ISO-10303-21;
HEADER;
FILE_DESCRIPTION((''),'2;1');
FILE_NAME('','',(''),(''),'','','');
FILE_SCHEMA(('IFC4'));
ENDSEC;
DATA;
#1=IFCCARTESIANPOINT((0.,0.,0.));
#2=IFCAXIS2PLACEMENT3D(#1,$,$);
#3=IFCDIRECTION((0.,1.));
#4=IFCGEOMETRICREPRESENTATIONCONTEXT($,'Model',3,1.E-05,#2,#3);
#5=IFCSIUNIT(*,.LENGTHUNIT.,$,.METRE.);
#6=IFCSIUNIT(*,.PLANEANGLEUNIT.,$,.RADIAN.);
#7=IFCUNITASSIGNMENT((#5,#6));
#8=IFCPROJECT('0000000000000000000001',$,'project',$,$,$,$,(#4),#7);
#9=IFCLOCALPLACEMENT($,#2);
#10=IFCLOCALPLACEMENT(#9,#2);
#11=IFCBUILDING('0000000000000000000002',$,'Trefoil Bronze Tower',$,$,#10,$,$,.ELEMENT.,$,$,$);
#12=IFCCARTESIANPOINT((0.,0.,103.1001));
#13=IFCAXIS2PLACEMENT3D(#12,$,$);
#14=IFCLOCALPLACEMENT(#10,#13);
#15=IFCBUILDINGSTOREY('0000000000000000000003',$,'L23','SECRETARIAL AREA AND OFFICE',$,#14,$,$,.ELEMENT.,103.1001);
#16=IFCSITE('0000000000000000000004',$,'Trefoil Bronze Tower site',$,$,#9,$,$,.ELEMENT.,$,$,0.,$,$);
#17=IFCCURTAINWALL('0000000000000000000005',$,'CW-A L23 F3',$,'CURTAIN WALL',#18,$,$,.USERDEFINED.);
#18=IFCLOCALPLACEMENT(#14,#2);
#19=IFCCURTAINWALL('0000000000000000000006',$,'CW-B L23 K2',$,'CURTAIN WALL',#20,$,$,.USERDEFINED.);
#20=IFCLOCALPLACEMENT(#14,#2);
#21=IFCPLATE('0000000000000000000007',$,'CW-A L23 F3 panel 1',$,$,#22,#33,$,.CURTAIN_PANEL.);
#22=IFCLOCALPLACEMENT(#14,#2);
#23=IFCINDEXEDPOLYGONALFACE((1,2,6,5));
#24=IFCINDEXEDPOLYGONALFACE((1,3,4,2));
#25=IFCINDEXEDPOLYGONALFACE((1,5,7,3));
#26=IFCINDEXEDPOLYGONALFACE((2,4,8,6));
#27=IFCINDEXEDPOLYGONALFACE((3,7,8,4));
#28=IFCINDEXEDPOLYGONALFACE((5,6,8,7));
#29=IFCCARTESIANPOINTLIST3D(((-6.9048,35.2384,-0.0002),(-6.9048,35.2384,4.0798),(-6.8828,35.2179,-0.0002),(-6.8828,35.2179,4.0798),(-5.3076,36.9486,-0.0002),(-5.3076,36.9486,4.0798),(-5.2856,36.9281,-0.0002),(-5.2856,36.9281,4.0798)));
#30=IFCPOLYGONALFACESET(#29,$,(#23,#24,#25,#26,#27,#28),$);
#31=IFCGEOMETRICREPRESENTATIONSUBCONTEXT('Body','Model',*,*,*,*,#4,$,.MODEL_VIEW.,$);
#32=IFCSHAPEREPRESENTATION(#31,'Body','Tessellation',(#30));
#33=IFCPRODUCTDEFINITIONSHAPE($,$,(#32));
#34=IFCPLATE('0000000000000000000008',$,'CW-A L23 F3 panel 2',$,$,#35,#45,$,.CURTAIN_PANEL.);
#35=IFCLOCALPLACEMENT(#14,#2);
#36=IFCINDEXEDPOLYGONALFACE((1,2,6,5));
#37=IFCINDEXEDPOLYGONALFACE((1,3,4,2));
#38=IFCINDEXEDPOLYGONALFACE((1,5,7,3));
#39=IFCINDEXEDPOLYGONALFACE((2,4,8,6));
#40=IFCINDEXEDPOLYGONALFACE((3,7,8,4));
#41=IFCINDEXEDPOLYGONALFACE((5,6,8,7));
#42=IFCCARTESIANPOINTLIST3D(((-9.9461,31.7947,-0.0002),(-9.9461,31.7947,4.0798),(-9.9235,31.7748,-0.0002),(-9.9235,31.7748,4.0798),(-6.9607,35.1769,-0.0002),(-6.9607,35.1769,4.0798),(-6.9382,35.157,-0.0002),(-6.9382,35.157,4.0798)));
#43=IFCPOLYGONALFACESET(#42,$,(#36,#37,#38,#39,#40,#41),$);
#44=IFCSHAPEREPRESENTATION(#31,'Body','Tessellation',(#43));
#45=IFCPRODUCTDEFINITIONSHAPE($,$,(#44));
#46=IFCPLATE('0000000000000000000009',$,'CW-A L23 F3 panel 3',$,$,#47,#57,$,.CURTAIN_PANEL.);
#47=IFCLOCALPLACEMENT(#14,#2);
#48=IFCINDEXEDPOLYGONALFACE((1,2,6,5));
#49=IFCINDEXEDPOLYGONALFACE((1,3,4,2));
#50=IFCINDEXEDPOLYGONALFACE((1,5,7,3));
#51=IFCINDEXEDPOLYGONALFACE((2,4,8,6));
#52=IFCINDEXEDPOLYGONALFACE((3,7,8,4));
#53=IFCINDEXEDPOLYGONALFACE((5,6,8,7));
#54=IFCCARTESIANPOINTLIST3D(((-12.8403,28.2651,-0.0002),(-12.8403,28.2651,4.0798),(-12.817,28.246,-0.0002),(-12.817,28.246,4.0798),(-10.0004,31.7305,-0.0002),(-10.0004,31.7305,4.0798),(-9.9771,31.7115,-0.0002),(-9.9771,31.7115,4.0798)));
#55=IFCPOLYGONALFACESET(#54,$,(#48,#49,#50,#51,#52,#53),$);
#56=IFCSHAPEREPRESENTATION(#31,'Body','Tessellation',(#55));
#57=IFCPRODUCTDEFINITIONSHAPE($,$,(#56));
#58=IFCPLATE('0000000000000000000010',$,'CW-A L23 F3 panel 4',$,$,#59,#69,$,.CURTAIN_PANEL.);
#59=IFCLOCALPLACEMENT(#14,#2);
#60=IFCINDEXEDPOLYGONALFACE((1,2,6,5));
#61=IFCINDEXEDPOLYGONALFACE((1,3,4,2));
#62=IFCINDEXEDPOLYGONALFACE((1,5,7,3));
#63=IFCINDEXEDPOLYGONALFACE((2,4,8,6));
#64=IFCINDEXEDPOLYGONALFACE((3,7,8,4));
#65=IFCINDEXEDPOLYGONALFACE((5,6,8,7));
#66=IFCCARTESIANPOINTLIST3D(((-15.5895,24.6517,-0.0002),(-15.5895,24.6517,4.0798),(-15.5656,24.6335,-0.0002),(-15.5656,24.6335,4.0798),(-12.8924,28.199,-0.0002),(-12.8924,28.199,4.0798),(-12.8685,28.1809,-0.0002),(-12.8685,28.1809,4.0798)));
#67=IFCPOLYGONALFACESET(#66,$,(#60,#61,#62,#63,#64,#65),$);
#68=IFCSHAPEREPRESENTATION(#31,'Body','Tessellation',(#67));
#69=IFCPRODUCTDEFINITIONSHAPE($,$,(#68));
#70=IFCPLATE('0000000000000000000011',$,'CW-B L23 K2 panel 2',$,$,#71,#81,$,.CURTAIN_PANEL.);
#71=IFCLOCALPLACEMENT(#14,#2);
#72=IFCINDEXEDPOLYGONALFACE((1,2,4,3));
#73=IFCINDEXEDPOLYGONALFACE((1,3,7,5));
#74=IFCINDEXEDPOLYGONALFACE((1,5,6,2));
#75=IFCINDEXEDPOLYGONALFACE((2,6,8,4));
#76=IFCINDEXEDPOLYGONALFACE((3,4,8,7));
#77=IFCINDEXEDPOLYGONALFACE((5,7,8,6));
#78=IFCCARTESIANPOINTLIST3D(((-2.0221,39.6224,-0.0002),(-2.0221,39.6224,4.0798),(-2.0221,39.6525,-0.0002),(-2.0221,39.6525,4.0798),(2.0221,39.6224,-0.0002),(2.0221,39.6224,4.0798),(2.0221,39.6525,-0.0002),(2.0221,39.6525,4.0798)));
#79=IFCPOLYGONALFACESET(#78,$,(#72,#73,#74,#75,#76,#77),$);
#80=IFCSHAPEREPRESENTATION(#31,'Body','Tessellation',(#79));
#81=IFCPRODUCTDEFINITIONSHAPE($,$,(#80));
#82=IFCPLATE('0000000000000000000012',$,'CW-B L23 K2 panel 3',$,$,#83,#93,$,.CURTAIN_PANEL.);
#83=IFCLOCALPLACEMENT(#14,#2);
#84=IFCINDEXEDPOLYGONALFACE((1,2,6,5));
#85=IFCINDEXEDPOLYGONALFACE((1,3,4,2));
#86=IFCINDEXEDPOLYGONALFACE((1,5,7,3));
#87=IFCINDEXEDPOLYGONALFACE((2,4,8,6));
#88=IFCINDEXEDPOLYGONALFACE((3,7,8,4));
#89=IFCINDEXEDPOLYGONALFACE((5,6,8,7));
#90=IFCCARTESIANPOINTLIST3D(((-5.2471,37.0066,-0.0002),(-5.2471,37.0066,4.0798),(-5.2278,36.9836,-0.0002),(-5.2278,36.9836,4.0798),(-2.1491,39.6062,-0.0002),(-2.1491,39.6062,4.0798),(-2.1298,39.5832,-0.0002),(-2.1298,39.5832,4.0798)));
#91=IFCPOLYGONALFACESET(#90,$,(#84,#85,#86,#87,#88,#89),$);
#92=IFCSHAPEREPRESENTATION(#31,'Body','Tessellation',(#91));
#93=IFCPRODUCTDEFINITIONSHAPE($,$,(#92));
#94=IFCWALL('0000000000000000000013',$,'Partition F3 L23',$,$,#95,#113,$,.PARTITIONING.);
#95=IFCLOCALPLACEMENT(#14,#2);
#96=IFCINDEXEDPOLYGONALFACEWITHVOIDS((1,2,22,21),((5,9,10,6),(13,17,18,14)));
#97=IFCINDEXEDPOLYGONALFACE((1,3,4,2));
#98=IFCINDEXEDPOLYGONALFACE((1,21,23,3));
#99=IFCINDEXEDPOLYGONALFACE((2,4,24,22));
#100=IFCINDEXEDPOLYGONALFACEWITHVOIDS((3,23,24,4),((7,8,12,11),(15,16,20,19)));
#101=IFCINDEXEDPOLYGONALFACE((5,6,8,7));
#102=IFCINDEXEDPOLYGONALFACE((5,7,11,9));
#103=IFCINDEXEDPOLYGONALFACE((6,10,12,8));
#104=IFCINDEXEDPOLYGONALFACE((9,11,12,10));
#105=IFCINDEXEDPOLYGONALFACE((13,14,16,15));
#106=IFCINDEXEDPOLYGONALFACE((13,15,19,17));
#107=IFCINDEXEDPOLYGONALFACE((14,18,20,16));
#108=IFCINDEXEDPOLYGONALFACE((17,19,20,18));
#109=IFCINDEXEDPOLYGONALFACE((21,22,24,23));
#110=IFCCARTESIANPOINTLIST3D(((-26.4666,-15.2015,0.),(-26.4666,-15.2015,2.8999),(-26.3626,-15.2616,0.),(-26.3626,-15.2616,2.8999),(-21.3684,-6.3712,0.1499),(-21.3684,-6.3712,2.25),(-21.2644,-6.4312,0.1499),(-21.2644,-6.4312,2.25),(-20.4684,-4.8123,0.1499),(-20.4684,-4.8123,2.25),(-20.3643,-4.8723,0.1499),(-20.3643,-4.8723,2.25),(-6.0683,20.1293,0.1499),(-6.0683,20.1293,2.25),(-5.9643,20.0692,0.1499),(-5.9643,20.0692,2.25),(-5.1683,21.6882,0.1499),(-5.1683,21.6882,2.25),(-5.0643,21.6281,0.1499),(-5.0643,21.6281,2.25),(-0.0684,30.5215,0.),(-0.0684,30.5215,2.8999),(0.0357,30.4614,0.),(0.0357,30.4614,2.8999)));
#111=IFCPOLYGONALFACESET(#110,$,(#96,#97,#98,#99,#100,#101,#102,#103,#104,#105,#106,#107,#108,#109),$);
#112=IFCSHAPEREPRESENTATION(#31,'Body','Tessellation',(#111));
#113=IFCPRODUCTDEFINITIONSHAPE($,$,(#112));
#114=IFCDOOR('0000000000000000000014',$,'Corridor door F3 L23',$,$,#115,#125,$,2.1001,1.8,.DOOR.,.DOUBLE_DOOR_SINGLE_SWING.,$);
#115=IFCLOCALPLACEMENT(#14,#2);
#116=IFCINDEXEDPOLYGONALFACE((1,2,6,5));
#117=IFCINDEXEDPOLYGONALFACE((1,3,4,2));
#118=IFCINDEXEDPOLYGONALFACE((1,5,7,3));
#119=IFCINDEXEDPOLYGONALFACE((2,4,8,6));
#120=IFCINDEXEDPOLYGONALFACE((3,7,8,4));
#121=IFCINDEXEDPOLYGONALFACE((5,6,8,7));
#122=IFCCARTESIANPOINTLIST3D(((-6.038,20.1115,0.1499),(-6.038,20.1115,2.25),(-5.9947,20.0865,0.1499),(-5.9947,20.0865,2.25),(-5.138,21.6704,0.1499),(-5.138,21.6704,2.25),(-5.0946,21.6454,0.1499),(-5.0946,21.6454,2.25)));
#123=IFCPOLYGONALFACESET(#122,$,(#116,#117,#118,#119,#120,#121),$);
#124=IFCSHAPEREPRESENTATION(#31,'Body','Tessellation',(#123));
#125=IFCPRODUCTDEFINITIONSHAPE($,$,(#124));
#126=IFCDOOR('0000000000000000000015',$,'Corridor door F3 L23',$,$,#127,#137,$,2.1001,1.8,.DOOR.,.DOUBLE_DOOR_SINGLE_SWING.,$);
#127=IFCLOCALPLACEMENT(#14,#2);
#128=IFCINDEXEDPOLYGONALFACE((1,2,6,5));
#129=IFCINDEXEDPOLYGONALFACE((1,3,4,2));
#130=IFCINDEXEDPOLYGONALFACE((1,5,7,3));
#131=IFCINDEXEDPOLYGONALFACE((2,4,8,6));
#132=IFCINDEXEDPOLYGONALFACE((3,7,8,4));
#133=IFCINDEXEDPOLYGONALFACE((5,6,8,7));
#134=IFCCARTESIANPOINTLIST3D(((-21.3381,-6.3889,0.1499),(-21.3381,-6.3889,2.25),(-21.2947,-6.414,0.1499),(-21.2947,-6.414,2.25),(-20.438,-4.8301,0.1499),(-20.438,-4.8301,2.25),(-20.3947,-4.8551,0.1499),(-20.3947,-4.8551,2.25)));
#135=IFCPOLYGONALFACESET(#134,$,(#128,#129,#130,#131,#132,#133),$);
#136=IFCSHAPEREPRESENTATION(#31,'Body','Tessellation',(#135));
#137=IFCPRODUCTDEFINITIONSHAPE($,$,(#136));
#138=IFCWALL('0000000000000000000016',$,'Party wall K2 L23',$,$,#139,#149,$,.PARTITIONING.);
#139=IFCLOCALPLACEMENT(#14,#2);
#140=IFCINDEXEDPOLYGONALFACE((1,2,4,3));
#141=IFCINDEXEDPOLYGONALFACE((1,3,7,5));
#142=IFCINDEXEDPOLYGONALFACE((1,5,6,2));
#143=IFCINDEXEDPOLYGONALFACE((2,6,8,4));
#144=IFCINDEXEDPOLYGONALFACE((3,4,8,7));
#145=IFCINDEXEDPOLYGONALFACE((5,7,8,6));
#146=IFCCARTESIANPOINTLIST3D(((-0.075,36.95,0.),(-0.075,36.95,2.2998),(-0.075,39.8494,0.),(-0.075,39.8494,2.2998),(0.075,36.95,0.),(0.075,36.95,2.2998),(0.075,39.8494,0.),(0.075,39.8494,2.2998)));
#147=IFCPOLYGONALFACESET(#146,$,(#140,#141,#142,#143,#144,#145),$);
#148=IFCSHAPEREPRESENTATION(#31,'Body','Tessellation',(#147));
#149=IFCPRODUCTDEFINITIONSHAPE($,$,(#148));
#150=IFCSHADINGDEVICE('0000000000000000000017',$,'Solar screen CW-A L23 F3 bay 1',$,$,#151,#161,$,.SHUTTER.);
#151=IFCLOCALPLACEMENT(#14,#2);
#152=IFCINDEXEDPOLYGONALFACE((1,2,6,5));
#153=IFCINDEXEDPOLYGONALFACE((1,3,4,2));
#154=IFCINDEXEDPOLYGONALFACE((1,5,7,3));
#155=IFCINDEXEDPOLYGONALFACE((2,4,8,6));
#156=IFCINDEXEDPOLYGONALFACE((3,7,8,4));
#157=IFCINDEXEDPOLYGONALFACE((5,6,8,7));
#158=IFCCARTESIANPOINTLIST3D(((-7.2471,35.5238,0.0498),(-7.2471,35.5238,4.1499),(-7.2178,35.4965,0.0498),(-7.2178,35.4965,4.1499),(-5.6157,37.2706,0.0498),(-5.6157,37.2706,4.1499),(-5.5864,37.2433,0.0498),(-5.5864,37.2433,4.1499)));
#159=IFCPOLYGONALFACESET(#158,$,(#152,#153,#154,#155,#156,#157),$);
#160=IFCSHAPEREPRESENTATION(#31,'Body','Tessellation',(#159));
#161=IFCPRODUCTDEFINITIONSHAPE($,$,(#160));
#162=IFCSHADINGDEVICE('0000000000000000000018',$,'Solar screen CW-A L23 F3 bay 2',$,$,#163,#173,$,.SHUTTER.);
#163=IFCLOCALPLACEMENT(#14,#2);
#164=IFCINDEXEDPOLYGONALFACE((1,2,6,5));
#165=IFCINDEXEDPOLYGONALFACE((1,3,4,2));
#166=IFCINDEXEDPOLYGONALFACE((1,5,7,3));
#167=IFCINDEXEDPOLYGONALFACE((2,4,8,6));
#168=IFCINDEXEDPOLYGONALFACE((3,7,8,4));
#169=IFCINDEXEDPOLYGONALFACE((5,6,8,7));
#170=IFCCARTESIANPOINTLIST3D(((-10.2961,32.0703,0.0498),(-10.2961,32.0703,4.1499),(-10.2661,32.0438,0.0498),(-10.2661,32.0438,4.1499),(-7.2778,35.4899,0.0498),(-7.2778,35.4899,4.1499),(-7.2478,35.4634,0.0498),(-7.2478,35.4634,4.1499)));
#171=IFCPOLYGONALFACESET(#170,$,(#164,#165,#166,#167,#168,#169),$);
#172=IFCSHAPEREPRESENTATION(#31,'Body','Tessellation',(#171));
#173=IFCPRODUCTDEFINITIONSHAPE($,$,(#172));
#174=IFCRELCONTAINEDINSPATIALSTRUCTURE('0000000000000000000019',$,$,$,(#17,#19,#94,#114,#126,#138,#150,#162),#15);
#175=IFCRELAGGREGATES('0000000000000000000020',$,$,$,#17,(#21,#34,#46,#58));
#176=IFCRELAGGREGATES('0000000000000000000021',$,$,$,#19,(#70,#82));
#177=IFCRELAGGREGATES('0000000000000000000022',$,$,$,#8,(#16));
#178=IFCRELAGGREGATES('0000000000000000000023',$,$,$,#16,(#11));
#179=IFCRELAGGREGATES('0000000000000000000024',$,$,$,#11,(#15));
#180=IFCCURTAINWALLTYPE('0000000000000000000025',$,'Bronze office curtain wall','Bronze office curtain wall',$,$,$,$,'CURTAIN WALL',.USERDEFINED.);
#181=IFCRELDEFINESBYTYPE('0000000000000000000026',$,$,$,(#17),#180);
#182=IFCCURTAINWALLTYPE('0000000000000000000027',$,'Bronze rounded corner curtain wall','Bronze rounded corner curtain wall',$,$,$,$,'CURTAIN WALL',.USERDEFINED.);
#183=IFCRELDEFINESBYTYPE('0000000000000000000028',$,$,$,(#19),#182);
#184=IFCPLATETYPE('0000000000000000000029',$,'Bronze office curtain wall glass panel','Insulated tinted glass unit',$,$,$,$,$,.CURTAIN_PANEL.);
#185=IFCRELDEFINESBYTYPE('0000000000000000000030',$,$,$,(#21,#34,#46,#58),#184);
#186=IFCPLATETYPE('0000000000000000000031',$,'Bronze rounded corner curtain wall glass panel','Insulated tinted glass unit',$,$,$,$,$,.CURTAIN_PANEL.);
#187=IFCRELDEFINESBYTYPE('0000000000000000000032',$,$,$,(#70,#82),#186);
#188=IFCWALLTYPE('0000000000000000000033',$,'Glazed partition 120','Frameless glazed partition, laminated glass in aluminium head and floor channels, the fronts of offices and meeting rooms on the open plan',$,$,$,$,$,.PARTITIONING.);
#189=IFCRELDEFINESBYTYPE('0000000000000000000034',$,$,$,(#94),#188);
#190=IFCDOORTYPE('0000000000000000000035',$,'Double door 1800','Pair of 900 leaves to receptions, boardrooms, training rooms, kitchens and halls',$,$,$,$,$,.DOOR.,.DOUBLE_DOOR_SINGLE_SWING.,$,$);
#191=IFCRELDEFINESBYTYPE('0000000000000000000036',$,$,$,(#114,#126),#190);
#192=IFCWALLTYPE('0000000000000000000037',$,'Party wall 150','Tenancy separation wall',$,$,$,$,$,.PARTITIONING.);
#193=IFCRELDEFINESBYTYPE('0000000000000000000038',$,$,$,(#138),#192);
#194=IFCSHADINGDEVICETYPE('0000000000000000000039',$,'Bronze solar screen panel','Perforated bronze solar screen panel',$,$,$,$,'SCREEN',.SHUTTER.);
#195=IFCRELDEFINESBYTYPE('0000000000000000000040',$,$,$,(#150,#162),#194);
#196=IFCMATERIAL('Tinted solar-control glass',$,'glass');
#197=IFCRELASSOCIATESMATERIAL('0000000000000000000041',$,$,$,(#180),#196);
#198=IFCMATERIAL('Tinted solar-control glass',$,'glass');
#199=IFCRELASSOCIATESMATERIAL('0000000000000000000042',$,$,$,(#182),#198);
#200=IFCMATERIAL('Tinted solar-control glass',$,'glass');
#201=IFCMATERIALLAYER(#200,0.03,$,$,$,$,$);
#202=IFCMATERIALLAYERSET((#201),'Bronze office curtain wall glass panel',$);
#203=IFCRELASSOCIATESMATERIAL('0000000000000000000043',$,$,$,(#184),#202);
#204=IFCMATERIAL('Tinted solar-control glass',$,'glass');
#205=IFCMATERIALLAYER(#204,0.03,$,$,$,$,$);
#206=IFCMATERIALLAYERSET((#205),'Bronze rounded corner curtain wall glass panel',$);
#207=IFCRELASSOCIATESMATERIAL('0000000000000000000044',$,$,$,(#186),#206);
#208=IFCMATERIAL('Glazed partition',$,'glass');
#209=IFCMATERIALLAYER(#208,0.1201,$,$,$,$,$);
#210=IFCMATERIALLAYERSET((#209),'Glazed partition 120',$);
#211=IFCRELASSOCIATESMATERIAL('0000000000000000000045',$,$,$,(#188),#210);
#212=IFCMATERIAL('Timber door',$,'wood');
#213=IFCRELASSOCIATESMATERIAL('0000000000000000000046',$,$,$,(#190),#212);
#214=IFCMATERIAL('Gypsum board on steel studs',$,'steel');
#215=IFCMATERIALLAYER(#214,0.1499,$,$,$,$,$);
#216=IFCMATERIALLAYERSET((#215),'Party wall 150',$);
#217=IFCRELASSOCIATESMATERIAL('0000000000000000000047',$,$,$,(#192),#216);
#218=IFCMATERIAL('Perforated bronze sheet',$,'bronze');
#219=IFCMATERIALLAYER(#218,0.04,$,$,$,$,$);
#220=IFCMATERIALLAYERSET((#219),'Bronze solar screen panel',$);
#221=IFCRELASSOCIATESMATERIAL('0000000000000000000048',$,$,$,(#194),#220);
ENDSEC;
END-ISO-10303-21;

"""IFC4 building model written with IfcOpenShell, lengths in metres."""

from ifc_helpers import new_model, si_unit, direction, frame, frame_2d, origin, origin_2d, place, context, subcontext, project, spatial, rectangle, extrude, material, layer, layer_set, type_object, element, fill, aggregate, save


model = new_model("IFC4")

# Units and contexts
model_context = context("Model", 3, precision=1e-05, world=origin(), true_north=direction((0.0, 1.0)))
body_context = subcontext(model_context, "Body", "Model", "MODEL_VIEW")
ifc_project = project(units=[si_unit("LENGTHUNIT", "METRE"), si_unit("PLANEANGLEUNIT", "RADIAN")], contexts=[model_context])

# Site, building, storey
site_placement = place(None, origin())
site = spatial("IfcSite", under=ifc_project, at=site_placement, Name="Trefoil Bronze Tower site", CompositionType="ELEMENT", RefElevation=0.0)
building_placement = place(site_placement, origin())
building = spatial("IfcBuilding", under=site, at=building_placement, Name="Trefoil Bronze Tower", CompositionType="ELEMENT")
storey_placement = place(building_placement, frame((0.0, 0.0, 103.1001)))
storey = spatial("IfcBuildingStorey", under=building, at=storey_placement, Name="L23", Description="SECRETARIAL AREA AND OFFICE", CompositionType="ELEMENT", Elevation=103.1001)

# Curtain walls
ifc_material_1 = material(Name="Tinted solar-control glass", Category="glass")
curtain_wall_type_1 = type_object("IfcCurtainWallType", Name="Bronze office curtain wall", Description="Bronze office curtain wall", ElementType="CURTAIN WALL", PredefinedType="USERDEFINED", material=ifc_material_1)
curtain_wall_1_placement = place(storey_placement, origin())
curtain_wall_1 = element("IfcCurtainWall", 1, at=curtain_wall_1_placement, inside=storey, type_object=curtain_wall_type_1, Name="CW-A L23 F3", ObjectType="CURTAIN WALL", PredefinedType="USERDEFINED")
ifc_material_2 = material(Name="Tinted solar-control glass", Category="glass")
curtain_wall_type_2 = type_object("IfcCurtainWallType", Name="Bronze rounded corner curtain wall", Description="Bronze rounded corner curtain wall", ElementType="CURTAIN WALL", PredefinedType="USERDEFINED", material=ifc_material_2)
curtain_wall_2_placement = place(storey_placement, origin())
curtain_wall_2 = element("IfcCurtainWall", 2, at=curtain_wall_2_placement, inside=storey, type_object=curtain_wall_type_2, Name="CW-B L23 K2", ObjectType="CURTAIN WALL", PredefinedType="USERDEFINED")

# Plates
ifc_material_3 = material(Name="Tinted solar-control glass", Category="glass")
ifc_layer_1 = layer(ifc_material_3, 0.03)
ifc_layer_set_1 = layer_set([ifc_layer_1], Name="Bronze office curtain wall glass panel")
plate_type_1 = type_object("IfcPlateType", Name="Bronze office curtain wall glass panel", Description="Insulated tinted glass unit", PredefinedType="CURTAIN_PANEL", material=ifc_layer_set_1)
plate_1_placement = place(storey_placement, frame((-6.0952, 36.0833, -0.0002), z_axis=(0.0, 0.0, 1.0), x_axis=(-0.682536, -0.730852, 0.0)))
plate_1 = element("IfcPlate", 3, at=plate_1_placement, type_object=plate_type_1, Name="CW-A L23 F3 panel 1", PredefinedType="CURTAIN_PANEL", context=body_context, shape_type="SweptSolid", body=[
    extrude(rectangle(XDim=2.3401, YDim=0.03, at=origin_2d()), origin(), (0.0, 0.0, 1.0), 4.0801),
])
plate_2_placement = place(storey_placement, frame((-8.4421, 33.4758, -0.0002), z_axis=(0.0, 0.0, 1.0), x_axis=(-0.661751, -0.749723, 0.0)))
plate_2 = element("IfcPlate", 4, at=plate_2_placement, type_object=plate_type_1, Name="CW-A L23 F3 panel 2", PredefinedType="CURTAIN_PANEL", context=body_context, shape_type="SweptSolid", body=[
    extrude(rectangle(XDim=4.5112, YDim=0.03, at=origin_2d()), origin(), (0.0, 0.0, 1.0), 4.0801),
])
plate_3_placement = place(storey_placement, frame((-11.4087, 29.9883, -0.0002), z_axis=(0.0, 0.0, 1.0), x_axis=(-0.63384, -0.773464, 0.0)))
plate_3 = element("IfcPlate", 5, at=plate_3_placement, type_object=plate_type_1, Name="CW-A L23 F3 panel 3", PredefinedType="CURTAIN_PANEL", context=body_context, shape_type="SweptSolid", body=[
    extrude(rectangle(XDim=4.4805, YDim=0.03, at=origin_2d()), origin(), (0.0, 0.0, 1.0), 4.0801),
])
plate_4_placement = place(storey_placement, frame((-14.229, 26.4163, -0.0002), z_axis=(0.0, 0.0, 1.0), x_axis=(-0.605252, -0.796034, 0.0)))
plate_4 = element("IfcPlate", 6, at=plate_4_placement, type_object=plate_type_1, Name="CW-A L23 F3 panel 4", PredefinedType="CURTAIN_PANEL", context=body_context, shape_type="SweptSolid", body=[
    extrude(rectangle(XDim=4.4563, YDim=0.03, at=origin_2d()), origin(), (0.0, 0.0, 1.0), 4.0801),
])
aggregate(curtain_wall_1, [plate_1, plate_2, plate_3, plate_4])
ifc_material_4 = material(Name="Tinted solar-control glass", Category="glass")
ifc_layer_2 = layer(ifc_material_4, 0.03)
ifc_layer_set_2 = layer_set([ifc_layer_2], Name="Bronze rounded corner curtain wall glass panel")
plate_type_2 = type_object("IfcPlateType", Name="Bronze rounded corner curtain wall glass panel", Description="Insulated tinted glass unit", PredefinedType="CURTAIN_PANEL", material=ifc_layer_set_2)
plate_5_placement = place(storey_placement, frame((0.0, 39.6375, -0.0002), z_axis=(0.0, 0.0, 1.0), x_axis=(-1.0, 0.0, 0.0)))
plate_5 = element("IfcPlate", 7, at=plate_5_placement, type_object=plate_type_2, Name="CW-B L23 K2 panel 2", PredefinedType="CURTAIN_PANEL", context=body_context, shape_type="SweptSolid", body=[
    extrude(rectangle(XDim=4.0442, YDim=0.03, at=origin_2d()), origin(), (0.0, 0.0, 1.0), 4.0801),
])
plate_6_placement = place(storey_placement, frame((-3.6885, 38.2949, -0.0002), z_axis=(0.0, 0.0, 1.0), x_axis=(-0.766044, -0.642788, 0.0)))
plate_6 = element("IfcPlate", 8, at=plate_6_placement, type_object=plate_type_2, Name="CW-B L23 K2 panel 3", PredefinedType="CURTAIN_PANEL", context=body_context, shape_type="SweptSolid", body=[
    extrude(rectangle(XDim=4.0442, YDim=0.03, at=origin_2d()), origin(), (0.0, 0.0, 1.0), 4.0801),
])
aggregate(curtain_wall_2, [plate_5, plate_6])

# Wall, openings, doors
ifc_material_5 = material(Name="Glazed partition", Category="glass")
ifc_layer_3 = layer(ifc_material_5, 0.1201)
ifc_layer_set_3 = layer_set([ifc_layer_3], Name="Glazed partition 120")
wall_type_1 = type_object("IfcWallType", Name="Glazed partition 120", Description="Frameless glazed partition, laminated glass in aluminium head and floor channels, the fronts of offices and meeting rooms on the open plan", PredefinedType="PARTITIONING", material=ifc_layer_set_3)
wall_1_placement = place(storey_placement, frame((-0.0164, 30.4915, 0.0), z_axis=(0.0, 0.0, 1.0), x_axis=(-0.500001, -0.866025, 0.0)))
wall_1 = element("IfcWall", 9, at=wall_1_placement, inside=storey, type_object=wall_type_1, Name="Partition F3 L23", PredefinedType="PARTITIONING", context=body_context, shape_type="SweptSolid", body=[
    extrude(rectangle(XDim=52.7964, YDim=0.1201, at=frame_2d((26.3982, 0.0))), origin(), (0.0, 0.0, 1.0), 2.8999),
])
opening_1_placement = place(wall_1_placement, frame((10.2, 0.0, 0.1499)))
opening_1 = element("IfcOpeningElement", 10, at=opening_1_placement, cuts=wall_1, PredefinedType="OPENING", context=body_context, shape_type="SweptSolid", body=[
    extrude(rectangle(XDim=1.8, YDim=2.1001, at=frame_2d((0.8999, 1.05))), frame((0.0, 0.0701, 0.0), z_axis=(0.0, -1.0, 0.0), x_axis=(1.0, 0.0, 0.0)), (0.0, 0.0, 1.0), 0.1401),
])
opening_2_placement = place(wall_1_placement, frame((40.8, 0.0, 0.1499)))
opening_2 = element("IfcOpeningElement", 11, at=opening_2_placement, cuts=wall_1, PredefinedType="OPENING", context=body_context, shape_type="SweptSolid", body=[
    extrude(rectangle(XDim=1.8, YDim=2.1001, at=frame_2d((0.8999, 1.05))), frame((0.0, 0.0701, 0.0), z_axis=(0.0, -1.0, 0.0), x_axis=(1.0, 0.0, 0.0)), (0.0, 0.0, 1.0), 0.1401),
])
ifc_material_6 = material(Name="Timber door", Category="wood")
door_type = type_object("IfcDoorType", Name="Double door 1800", Description="Pair of 900 leaves to receptions, boardrooms, training rooms, kitchens and halls", OperationType="DOUBLE_DOOR_SINGLE_SWING", PredefinedType="DOOR", material=ifc_material_6)
door_1_placement = place(opening_1_placement, frame((1.8, 0.0, 0.0), z_axis=(0.0, 0.0, 1.0), x_axis=(-1.0, 0.0, 0.0)))
door_1 = element("IfcDoor", 12, at=door_1_placement, inside=storey, type_object=door_type, Name="Corridor door F3 L23", OperationType="DOUBLE_DOOR_SINGLE_SWING", OverallHeight=2.1001, OverallWidth=1.8, PredefinedType="DOOR", context=body_context, shape_type="SweptSolid", body=[
    extrude(rectangle(XDim=1.8, YDim=2.1001, at=frame_2d((0.8999, 1.05))), frame((0.0, 0.0249, 0.0), z_axis=(0.0, -1.0, 0.0), x_axis=(1.0, 0.0, 0.0)), (0.0, 0.0, 1.0), 0.05),
])
fill(opening_1, door_1)
door_2_placement = place(opening_2_placement, frame((1.8, 0.0, 0.0), z_axis=(0.0, 0.0, 1.0), x_axis=(-1.0, 0.0, 0.0)))
door_2 = element("IfcDoor", 13, at=door_2_placement, inside=storey, type_object=door_type, Name="Corridor door F3 L23", OperationType="DOUBLE_DOOR_SINGLE_SWING", OverallHeight=2.1001, OverallWidth=1.8, PredefinedType="DOOR", context=body_context, shape_type="SweptSolid", body=[
    extrude(rectangle(XDim=1.8, YDim=2.1001, at=frame_2d((0.8999, 1.05))), frame((0.0, 0.0249, 0.0), z_axis=(0.0, -1.0, 0.0), x_axis=(1.0, 0.0, 0.0)), (0.0, 0.0, 1.0), 0.05),
])
fill(opening_2, door_2)

# Wall
ifc_material_7 = material(Name="Gypsum board on steel studs", Category="steel")
ifc_layer_4 = layer(ifc_material_7, 0.1499)
ifc_layer_set_4 = layer_set([ifc_layer_4], Name="Party wall 150")
wall_type_2 = type_object("IfcWallType", Name="Party wall 150", Description="Tenancy separation wall", PredefinedType="PARTITIONING", material=ifc_layer_set_4)
wall_2_placement = place(storey_placement, frame((0.0, 36.95, 0.0), z_axis=(0.0, 0.0, 1.0), x_axis=(0.0, 1.0, 0.0)))
element("IfcWall", 14, at=wall_2_placement, inside=storey, type_object=wall_type_2, Name="Party wall K2 L23", PredefinedType="PARTITIONING", context=body_context, shape_type="SweptSolid", body=[
    extrude(rectangle(XDim=2.8994, YDim=0.1499, at=frame_2d((1.4497, 0.0))), origin(), (0.0, 0.0, 1.0), 2.2998),
])

# Shading devices
ifc_material_8 = material(Name="Perforated bronze sheet", Category="bronze")
ifc_layer_5 = layer(ifc_material_8, 0.04)
ifc_layer_set_5 = layer_set([ifc_layer_5], Name="Bronze solar screen panel")
shading_device_type = type_object("IfcShadingDeviceType", Name="Bronze solar screen panel", Description="Perforated bronze solar screen panel", ElementType="SCREEN", PredefinedType="SHUTTER", material=ifc_layer_set_5)
shading_device_1_placement = place(storey_placement, frame((-6.4167, 36.3835, 0.0498), z_axis=(0.0, 0.0, 1.0), x_axis=(-0.682536, -0.730852, 0.0)))
element("IfcShadingDevice", 15, at=shading_device_1_placement, inside=storey, type_object=shading_device_type, Name="Solar screen CW-A L23 F3 bay 1", PredefinedType="SHUTTER", context=body_context, shape_type="SweptSolid", body=[
    extrude(rectangle(XDim=2.3901, YDim=0.04, at=origin_2d()), origin(), (0.0, 0.0, 1.0), 4.1001),
])
shading_device_2_placement = place(storey_placement, frame((-8.772, 33.7668, 0.0498), z_axis=(0.0, 0.0, 1.0), x_axis=(-0.661751, -0.749723, 0.0)))
element("IfcShadingDevice", 16, at=shading_device_2_placement, inside=storey, type_object=shading_device_type, Name="Solar screen CW-A L23 F3 bay 2", PredefinedType="SHUTTER", context=body_context, shape_type="SweptSolid", body=[
    extrude(rectangle(XDim=4.561, YDim=0.04, at=origin_2d()), origin(), (0.0, 0.0, 1.0), 4.1001),
])

save(model, "model.ifc")
